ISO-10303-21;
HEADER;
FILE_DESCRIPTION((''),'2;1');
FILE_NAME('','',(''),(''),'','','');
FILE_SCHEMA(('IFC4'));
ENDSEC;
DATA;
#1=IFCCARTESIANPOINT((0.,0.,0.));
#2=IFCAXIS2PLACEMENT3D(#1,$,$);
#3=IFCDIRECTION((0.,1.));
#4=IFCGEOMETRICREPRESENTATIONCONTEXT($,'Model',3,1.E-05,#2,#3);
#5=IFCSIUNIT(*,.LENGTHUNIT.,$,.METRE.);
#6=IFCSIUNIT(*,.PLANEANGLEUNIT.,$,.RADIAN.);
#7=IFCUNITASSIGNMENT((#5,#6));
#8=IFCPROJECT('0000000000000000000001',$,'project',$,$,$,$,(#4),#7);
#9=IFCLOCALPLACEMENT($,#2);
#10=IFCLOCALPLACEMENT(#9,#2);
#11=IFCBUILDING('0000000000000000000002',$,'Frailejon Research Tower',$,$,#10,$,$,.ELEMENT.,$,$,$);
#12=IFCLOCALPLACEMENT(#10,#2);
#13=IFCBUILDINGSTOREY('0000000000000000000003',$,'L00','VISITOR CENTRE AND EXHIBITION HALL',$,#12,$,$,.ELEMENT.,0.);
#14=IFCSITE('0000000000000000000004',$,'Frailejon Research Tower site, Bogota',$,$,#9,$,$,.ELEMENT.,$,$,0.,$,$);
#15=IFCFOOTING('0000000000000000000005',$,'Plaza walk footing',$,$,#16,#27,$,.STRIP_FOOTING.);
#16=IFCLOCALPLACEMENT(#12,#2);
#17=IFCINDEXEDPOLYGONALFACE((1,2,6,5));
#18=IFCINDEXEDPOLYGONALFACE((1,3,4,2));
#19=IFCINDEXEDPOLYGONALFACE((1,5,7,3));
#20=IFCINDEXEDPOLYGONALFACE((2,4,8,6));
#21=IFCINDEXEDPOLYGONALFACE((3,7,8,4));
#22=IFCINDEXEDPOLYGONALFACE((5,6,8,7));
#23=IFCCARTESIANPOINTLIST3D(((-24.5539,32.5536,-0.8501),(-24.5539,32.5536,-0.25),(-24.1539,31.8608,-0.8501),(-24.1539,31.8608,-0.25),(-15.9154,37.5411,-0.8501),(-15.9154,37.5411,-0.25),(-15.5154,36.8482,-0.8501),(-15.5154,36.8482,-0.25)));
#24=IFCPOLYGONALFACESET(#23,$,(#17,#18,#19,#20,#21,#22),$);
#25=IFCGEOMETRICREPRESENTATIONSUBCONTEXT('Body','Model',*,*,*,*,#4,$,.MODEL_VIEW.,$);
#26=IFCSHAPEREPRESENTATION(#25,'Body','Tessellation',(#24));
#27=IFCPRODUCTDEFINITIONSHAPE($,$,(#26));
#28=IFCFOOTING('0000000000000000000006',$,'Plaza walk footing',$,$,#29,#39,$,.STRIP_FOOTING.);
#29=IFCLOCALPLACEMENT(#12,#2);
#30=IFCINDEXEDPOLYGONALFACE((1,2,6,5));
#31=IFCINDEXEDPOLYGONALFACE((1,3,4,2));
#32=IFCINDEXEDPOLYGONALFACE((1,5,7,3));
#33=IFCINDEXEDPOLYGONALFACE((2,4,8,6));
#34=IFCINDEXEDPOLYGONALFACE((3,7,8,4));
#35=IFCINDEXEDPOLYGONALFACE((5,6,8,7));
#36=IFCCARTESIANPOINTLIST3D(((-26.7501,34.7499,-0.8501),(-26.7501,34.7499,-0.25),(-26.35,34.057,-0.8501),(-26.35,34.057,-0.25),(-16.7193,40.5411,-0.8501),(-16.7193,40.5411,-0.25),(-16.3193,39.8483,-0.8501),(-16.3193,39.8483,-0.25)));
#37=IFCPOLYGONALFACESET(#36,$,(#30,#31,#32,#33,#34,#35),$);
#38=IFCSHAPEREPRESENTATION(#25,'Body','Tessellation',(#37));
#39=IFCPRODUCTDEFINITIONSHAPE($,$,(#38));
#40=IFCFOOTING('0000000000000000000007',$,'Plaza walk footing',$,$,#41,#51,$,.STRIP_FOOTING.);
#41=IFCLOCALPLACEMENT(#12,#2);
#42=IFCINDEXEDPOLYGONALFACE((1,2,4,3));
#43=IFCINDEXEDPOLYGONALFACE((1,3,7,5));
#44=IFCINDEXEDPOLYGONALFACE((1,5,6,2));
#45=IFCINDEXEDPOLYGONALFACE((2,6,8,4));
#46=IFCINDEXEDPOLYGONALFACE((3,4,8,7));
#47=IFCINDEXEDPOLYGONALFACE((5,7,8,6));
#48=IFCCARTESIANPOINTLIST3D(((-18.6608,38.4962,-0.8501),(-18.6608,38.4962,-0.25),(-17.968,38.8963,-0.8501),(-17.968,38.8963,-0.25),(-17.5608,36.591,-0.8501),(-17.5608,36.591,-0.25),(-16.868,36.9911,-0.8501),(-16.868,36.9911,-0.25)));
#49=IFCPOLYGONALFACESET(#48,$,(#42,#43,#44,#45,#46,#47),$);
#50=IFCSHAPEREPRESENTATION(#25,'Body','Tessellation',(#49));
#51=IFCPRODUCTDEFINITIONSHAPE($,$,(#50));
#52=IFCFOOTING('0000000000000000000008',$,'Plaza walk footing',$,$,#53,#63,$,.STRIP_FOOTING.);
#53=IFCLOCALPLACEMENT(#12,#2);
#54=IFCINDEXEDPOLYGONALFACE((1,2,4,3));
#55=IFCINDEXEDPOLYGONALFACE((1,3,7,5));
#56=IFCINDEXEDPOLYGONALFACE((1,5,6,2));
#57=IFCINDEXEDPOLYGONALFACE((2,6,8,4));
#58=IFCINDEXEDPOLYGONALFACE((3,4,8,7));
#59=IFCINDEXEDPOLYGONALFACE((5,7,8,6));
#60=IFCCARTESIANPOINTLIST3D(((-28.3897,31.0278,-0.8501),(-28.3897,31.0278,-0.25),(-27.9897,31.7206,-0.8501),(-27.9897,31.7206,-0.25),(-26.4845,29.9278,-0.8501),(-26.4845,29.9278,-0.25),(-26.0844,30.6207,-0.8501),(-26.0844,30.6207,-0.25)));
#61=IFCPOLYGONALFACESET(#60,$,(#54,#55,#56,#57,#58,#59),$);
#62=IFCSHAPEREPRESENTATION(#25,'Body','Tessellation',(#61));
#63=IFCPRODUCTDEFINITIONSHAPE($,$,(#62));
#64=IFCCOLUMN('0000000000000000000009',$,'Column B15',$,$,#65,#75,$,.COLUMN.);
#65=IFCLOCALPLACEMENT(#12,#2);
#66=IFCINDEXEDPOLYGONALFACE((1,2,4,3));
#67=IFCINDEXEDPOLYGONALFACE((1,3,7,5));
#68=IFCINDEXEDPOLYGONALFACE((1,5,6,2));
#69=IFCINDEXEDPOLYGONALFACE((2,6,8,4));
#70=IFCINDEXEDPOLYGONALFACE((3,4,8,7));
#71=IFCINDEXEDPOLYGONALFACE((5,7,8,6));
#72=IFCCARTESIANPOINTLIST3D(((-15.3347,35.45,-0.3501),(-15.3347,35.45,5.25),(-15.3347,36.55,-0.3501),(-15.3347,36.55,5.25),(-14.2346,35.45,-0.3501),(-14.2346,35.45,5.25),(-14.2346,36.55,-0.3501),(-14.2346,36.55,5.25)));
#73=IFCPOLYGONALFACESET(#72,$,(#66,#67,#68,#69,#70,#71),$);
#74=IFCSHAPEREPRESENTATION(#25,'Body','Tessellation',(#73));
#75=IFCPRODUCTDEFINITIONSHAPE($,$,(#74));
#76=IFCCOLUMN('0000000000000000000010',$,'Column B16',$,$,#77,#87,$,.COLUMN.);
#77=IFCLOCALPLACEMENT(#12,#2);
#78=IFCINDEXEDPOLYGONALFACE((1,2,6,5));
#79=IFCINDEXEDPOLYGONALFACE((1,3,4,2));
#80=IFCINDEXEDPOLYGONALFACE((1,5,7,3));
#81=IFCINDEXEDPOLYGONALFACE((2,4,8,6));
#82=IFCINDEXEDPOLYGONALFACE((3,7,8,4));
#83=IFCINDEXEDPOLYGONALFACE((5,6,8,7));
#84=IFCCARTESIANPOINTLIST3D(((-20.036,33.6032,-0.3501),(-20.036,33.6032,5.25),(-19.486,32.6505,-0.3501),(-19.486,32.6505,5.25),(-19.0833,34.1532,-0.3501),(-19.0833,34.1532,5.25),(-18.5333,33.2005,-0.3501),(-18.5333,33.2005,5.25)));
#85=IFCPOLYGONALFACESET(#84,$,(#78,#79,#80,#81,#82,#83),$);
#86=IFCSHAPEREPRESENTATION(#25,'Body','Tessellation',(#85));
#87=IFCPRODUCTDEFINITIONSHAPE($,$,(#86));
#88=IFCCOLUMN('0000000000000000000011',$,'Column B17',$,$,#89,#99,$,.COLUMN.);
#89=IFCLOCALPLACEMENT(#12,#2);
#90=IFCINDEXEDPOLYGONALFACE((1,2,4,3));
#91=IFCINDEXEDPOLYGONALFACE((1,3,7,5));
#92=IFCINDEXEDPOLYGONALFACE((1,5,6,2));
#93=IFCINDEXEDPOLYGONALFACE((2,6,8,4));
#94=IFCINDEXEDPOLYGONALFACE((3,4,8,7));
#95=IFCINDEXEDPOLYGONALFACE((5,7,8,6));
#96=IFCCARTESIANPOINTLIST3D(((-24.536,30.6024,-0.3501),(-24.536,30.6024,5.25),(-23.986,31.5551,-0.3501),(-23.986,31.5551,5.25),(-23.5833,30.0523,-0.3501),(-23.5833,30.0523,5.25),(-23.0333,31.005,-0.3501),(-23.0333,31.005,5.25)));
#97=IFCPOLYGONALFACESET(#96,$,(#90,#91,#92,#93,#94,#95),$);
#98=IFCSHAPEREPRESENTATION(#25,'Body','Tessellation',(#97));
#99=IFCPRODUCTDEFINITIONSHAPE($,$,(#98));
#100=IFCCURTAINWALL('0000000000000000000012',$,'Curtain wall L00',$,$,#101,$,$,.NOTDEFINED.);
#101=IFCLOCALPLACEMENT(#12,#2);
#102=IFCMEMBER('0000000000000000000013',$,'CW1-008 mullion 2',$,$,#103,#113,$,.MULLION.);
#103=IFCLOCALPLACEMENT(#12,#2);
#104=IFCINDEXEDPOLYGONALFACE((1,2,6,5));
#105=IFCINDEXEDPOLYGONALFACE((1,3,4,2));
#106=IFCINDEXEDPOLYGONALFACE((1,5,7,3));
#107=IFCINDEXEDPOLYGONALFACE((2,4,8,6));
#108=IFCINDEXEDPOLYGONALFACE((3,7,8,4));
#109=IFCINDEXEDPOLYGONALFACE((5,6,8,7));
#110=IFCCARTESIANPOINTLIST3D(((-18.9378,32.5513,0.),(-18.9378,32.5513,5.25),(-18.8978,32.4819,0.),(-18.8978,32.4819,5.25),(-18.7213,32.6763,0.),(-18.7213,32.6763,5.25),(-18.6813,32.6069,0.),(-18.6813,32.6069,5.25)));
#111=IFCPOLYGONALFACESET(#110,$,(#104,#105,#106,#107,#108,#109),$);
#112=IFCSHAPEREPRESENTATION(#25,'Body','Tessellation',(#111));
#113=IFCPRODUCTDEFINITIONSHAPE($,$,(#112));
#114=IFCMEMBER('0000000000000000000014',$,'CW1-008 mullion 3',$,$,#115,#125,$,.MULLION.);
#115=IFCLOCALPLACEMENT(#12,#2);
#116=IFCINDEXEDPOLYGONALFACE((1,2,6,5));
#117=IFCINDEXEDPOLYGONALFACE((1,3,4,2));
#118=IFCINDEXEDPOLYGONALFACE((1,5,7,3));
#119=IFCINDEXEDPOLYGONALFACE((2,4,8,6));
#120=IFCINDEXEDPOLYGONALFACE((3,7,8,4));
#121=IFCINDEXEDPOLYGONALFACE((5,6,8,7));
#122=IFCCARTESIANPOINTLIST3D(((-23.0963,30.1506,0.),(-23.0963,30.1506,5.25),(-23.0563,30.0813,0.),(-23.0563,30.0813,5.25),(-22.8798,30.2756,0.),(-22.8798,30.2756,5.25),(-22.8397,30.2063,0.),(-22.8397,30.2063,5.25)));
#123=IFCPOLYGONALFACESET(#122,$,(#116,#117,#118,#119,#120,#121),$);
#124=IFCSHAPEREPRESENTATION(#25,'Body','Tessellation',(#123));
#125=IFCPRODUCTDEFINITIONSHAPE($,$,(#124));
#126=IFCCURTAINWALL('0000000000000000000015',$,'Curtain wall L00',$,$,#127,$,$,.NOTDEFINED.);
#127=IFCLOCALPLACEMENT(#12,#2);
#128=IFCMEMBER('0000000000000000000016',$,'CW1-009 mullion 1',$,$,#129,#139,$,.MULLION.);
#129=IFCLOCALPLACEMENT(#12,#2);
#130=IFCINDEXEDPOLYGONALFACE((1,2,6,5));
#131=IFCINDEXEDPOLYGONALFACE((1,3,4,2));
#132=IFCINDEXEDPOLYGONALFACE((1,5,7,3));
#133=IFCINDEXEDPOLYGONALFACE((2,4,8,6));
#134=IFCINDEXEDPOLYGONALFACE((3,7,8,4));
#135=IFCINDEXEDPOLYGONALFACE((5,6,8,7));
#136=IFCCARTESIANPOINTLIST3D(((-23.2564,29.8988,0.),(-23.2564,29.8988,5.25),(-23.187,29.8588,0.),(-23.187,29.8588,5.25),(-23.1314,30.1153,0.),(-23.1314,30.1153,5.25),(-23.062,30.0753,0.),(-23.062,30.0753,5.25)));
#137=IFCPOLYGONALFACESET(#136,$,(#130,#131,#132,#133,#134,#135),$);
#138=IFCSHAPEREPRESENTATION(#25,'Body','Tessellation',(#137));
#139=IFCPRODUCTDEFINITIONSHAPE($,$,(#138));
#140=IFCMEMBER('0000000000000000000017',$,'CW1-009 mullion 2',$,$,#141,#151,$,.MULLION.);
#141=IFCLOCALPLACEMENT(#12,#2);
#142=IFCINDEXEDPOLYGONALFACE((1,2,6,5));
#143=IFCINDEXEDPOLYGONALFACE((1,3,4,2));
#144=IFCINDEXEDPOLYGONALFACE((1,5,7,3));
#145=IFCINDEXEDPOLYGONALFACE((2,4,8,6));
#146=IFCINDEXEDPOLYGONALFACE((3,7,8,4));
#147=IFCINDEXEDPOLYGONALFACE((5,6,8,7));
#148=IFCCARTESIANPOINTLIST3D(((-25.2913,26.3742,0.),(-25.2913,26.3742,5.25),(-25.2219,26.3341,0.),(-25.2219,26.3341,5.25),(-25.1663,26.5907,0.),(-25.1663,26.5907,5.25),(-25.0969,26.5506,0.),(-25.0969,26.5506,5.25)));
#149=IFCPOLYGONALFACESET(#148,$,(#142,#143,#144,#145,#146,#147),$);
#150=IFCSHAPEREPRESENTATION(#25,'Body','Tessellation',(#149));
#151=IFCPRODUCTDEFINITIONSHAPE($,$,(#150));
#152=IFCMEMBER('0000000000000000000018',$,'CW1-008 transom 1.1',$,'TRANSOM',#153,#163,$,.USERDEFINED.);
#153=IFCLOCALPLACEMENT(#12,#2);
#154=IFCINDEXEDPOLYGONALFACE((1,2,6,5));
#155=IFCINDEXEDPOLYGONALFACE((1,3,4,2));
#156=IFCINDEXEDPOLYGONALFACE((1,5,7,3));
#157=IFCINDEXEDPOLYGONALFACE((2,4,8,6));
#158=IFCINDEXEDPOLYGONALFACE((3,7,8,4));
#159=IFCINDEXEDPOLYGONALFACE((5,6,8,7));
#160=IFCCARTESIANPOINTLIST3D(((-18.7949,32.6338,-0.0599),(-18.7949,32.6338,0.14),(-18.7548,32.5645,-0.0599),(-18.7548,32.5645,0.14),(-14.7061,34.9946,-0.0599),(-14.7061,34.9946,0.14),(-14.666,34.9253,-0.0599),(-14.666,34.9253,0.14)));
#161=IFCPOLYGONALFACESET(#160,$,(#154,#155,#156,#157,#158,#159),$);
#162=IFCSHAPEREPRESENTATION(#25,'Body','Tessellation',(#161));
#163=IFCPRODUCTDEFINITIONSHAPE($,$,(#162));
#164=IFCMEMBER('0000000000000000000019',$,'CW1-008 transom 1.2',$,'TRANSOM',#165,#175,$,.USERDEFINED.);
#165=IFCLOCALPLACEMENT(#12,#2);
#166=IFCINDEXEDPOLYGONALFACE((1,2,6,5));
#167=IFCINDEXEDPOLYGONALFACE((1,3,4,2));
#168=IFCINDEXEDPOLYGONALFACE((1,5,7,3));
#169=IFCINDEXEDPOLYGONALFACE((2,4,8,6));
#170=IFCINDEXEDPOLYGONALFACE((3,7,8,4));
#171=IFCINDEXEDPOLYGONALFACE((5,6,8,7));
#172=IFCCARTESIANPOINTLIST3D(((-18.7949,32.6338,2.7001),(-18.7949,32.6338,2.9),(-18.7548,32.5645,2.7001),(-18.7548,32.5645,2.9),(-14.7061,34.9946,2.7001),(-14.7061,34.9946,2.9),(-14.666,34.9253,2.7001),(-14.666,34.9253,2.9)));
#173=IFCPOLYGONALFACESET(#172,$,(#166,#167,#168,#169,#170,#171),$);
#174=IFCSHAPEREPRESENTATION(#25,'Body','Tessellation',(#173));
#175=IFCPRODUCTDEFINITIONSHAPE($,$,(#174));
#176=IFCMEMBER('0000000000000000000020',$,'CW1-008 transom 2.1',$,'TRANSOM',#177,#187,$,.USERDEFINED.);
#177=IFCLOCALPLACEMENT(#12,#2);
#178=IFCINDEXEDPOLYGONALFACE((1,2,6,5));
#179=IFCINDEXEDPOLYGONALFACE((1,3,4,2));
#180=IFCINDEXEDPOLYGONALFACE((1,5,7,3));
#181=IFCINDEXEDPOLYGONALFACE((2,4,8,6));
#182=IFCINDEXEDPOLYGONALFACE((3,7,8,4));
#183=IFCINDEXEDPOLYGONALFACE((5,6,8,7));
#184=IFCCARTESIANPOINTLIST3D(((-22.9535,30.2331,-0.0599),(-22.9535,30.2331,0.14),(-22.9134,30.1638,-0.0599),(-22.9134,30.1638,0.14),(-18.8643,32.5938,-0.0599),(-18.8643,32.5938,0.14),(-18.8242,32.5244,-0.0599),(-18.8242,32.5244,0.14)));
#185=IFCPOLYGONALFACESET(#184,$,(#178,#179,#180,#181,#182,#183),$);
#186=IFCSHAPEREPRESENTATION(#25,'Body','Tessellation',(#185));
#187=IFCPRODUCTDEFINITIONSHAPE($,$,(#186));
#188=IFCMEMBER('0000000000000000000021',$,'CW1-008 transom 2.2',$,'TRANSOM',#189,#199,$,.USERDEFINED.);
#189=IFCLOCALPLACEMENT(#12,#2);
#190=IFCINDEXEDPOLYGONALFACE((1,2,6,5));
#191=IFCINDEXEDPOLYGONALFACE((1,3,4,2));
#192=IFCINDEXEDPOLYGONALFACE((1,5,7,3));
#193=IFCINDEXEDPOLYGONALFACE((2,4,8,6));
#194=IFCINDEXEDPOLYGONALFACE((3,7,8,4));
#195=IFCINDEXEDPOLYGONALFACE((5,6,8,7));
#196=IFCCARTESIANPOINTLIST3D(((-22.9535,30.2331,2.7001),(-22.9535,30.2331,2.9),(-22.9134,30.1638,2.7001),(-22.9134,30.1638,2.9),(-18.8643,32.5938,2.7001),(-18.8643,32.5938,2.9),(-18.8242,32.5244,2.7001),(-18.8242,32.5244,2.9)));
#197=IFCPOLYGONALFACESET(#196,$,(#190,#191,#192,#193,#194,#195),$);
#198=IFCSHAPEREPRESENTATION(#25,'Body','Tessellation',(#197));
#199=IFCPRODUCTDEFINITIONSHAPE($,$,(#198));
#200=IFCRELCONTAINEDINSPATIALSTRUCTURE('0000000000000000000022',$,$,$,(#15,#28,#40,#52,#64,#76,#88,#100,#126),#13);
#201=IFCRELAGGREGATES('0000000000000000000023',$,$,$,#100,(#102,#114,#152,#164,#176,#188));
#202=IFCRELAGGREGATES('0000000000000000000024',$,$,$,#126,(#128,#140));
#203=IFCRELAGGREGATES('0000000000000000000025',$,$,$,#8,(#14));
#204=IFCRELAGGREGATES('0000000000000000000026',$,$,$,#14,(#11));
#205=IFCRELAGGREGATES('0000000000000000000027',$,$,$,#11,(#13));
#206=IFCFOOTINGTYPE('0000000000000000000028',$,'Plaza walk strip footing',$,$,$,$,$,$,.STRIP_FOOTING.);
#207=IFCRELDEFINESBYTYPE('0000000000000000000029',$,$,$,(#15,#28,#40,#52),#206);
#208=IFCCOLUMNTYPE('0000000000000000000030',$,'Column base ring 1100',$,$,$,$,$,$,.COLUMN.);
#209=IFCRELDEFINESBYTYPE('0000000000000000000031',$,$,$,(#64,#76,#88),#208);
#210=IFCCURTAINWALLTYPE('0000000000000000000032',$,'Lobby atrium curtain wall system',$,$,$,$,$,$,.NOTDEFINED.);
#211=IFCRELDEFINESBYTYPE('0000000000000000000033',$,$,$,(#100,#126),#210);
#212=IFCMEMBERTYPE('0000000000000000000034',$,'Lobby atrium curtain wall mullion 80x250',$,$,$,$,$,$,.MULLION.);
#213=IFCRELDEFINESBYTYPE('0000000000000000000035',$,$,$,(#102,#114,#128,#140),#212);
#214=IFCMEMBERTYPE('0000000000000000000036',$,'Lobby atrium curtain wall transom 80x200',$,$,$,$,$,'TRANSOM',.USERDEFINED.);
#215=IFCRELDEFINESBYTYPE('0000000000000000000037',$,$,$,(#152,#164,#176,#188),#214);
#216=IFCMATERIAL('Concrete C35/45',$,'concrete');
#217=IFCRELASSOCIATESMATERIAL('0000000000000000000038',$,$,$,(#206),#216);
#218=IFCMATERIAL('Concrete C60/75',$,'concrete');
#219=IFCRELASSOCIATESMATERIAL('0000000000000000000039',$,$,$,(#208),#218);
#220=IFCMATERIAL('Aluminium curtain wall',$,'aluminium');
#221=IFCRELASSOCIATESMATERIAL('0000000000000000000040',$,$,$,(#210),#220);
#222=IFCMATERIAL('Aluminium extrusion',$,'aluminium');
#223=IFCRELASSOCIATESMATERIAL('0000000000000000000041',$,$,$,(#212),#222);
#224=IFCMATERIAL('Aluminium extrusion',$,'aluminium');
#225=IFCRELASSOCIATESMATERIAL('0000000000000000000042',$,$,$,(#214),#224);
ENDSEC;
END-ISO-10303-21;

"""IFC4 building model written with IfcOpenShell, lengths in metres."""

from ifc_helpers import new_model, si_unit, direction, frame, origin, origin_2d, place, context, subcontext, project, spatial, rectangle, extrude, material, material_profile, profile_set, type_object, element, aggregate, save


model = new_model("IFC4")

# Units and contexts
model_context = context("Model", 3, precision=1e-05, world=origin(), true_north=direction((0.0, 1.0)))
body_context = subcontext(model_context, "Body", "Model", "MODEL_VIEW")
ifc_project = project(units=[si_unit("LENGTHUNIT", "METRE"), si_unit("PLANEANGLEUNIT", "RADIAN")], contexts=[model_context])

# Site, building, storey
site_placement = place(None, origin())
site = spatial("IfcSite", under=ifc_project, at=site_placement, Name="Frailejon Research Tower site, Bogota", CompositionType="ELEMENT", RefElevation=0.0)
building_placement = place(site_placement, origin())
building = spatial("IfcBuilding", under=site, at=building_placement, Name="Frailejon Research Tower", CompositionType="ELEMENT")
storey_placement = place(building_placement, origin())
storey = spatial("IfcBuildingStorey", under=building, at=storey_placement, Name="L00", Description="VISITOR CENTRE AND EXHIBITION HALL", CompositionType="ELEMENT", Elevation=0.0)

# Footings
ifc_material_1 = material(Name="Concrete C35/45", Category="concrete")
footing_type = type_object("IfcFootingType", Name="Plaza walk strip footing", PredefinedType="STRIP_FOOTING", material=ifc_material_1)
footing_1_placement = place(storey_placement, frame((-20.0347, 34.7009, -0.8501), z_axis=(0.0, 0.0, 1.0), x_axis=(-0.5, 0.866025, 0.0)))
element("IfcFooting", 1, at=footing_1_placement, inside=storey, type_object=footing_type, Name="Plaza walk footing", PredefinedType="STRIP_FOOTING", context=body_context, shape_type="SweptSolid", body=[
    extrude(rectangle(XDim=0.8, YDim=9.9749, at=origin_2d()), origin(), (0.0, 0.0, 1.0), 0.6001),
])
footing_2_placement = place(storey_placement, frame((-21.5347, 37.2991, -0.8501), z_axis=(0.0, 0.0, 1.0), x_axis=(-0.5, 0.866025, 0.0)))
element("IfcFooting", 2, at=footing_2_placement, inside=storey, type_object=footing_type, Name="Plaza walk footing", PredefinedType="STRIP_FOOTING", context=body_context, shape_type="SweptSolid", body=[
    extrude(rectangle(XDim=0.8, YDim=11.5825, at=origin_2d()), origin(), (0.0, 0.0, 1.0), 0.6001),
])
for number, where, z_axis, x_axis, name in (
    (3, (-17.7644, 37.7437, -0.8501), (0.0, 0.0, 1.0), (0.866025, 0.5, 0.0), "Plaza walk footing"),
    (4, (-27.2371, 30.8242, -0.8501), (0.0, 0.0, 1.0), (0.5, 0.866025, 0.0), "Plaza walk footing"),
):
    element("IfcFooting", number, at=place(storey_placement, frame(where, z_axis=z_axis, x_axis=x_axis)), inside=storey, type_object=footing_type, Name=name, PredefinedType="STRIP_FOOTING", context=body_context, shape_type="SweptSolid", body=[
        extrude(rectangle(XDim=0.8, YDim=2.2, at=origin_2d()), origin(), (0.0, 0.0, 1.0), 0.6001),
    ])

# Columns
ifc_material_2 = material(Name="Concrete C60/75", Category="concrete")
ifc_material_profile_1 = material_profile(ifc_material_2, rectangle(XDim=1.1001, YDim=1.1001, at=origin_2d()), Name="Column base ring 1100")
ifc_profile_set_1 = profile_set([ifc_material_profile_1], Name="Concrete C60/75")
column_type = type_object("IfcColumnType", Name="Column base ring 1100", PredefinedType="COLUMN", material=ifc_profile_set_1)
for number, where, z_axis, x_axis, name in (
    (5, (-14.7847, 36.0, -0.3501), (0.0, 0.0, 1.0), (-1.0, 0.0, 0.0), "Column B15"),
    (6, (-19.2847, 33.4019, -0.3501), (0.0, 0.0, 1.0), (-0.866025, -0.5, 0.0), "Column B16"),
    (7, (-23.7847, 30.8037, -0.3501), (0.0, 0.0, 1.0), (-0.5, -0.866025, 0.0), "Column B17"),
):
    element("IfcColumn", number, at=place(storey_placement, frame(where, z_axis=z_axis, x_axis=x_axis)), inside=storey, type_object=column_type, Name=name, PredefinedType="COLUMN", context=body_context, shape_type="SweptSolid", body=[
        extrude(rectangle(XDim=1.1001, YDim=1.1001, at=origin_2d()), origin(), (0.0, 0.0, 1.0), 5.6001),
    ])

# Curtain walls, members
ifc_material_3 = material(Name="Aluminium curtain wall", Category="aluminium")
curtain_wall_type = type_object("IfcCurtainWallType", Name="Lobby atrium curtain wall system", PredefinedType="NOTDEFINED", material=ifc_material_3)
curtain_wall_1_placement = place(storey_placement, origin())
curtain_wall_1 = element("IfcCurtainWall", 8, at=curtain_wall_1_placement, inside=storey, type_object=curtain_wall_type, Name="Curtain wall L00", PredefinedType="NOTDEFINED")
ifc_material_4 = material(Name="Aluminium extrusion", Category="aluminium")
ifc_material_profile_2 = material_profile(ifc_material_4, rectangle(XDim=0.0801, YDim=0.25, at=origin_2d()), Name="Lobby atrium curtain wall mullion 80x250")
ifc_profile_set_2 = profile_set([ifc_material_profile_2], Name="Aluminium extrusion")
member_type_1 = type_object("IfcMemberType", Name="Lobby atrium curtain wall mullion 80x250", PredefinedType="MULLION", material=ifc_profile_set_2)
member_1_placement = place(storey_placement, frame((-18.8096, 32.5791, 0.0), z_axis=(0.0, 0.0, 1.0), x_axis=(0.5, -0.866025, 0.0)))
member_1 = element("IfcMember", 9, at=member_1_placement, type_object=member_type_1, Name="CW1-008 mullion 2", PredefinedType="MULLION", context=body_context, shape_type="SweptSolid", body=[
    extrude(rectangle(XDim=0.0801, YDim=0.25, at=origin_2d()), origin(), (0.0, 0.0, 1.0), 5.25),
])
member_2_placement = place(storey_placement, frame((-22.968, 30.1785, 0.0), z_axis=(0.0, 0.0, 1.0), x_axis=(0.5, -0.866025, 0.0)))
member_2 = element("IfcMember", 10, at=member_2_placement, type_object=member_type_1, Name="CW1-008 mullion 3", PredefinedType="MULLION", context=body_context, shape_type="SweptSolid", body=[
    extrude(rectangle(XDim=0.0801, YDim=0.25, at=origin_2d()), origin(), (0.0, 0.0, 1.0), 5.25),
])
curtain_wall_2_placement = place(storey_placement, origin())
curtain_wall_2 = element("IfcCurtainWall", 11, at=curtain_wall_2_placement, inside=storey, type_object=curtain_wall_type, Name="Curtain wall L00", PredefinedType="NOTDEFINED")
member_3_placement = place(storey_placement, frame((-23.1592, 29.9871, 0.0), z_axis=(0.0, 0.0, 1.0), x_axis=(0.866026, -0.5, 0.0)))
member_3 = element("IfcMember", 12, at=member_3_placement, type_object=member_type_1, Name="CW1-009 mullion 1", PredefinedType="MULLION", context=body_context, shape_type="SweptSolid", body=[
    extrude(rectangle(XDim=0.0801, YDim=0.25, at=origin_2d()), origin(), (0.0, 0.0, 1.0), 5.25),
])
member_4_placement = place(storey_placement, frame((-25.1941, 26.4624, 0.0), z_axis=(0.0, 0.0, 1.0), x_axis=(0.866026, -0.5, 0.0)))
member_4 = element("IfcMember", 13, at=member_4_placement, type_object=member_type_1, Name="CW1-009 mullion 2", PredefinedType="MULLION", context=body_context, shape_type="SweptSolid", body=[
    extrude(rectangle(XDim=0.0801, YDim=0.25, at=origin_2d()), origin(), (0.0, 0.0, 1.0), 5.25),
])

# Members
ifc_material_5 = material(Name="Aluminium extrusion", Category="aluminium")
ifc_material_profile_3 = material_profile(ifc_material_5, rectangle(XDim=0.0801, YDim=0.2, at=origin_2d()), Name="Lobby atrium curtain wall transom 80x200")
ifc_profile_set_3 = profile_set([ifc_material_profile_3], Name="Aluminium extrusion")
member_type_2 = type_object("IfcMemberType", Name="Lobby atrium curtain wall transom 80x200", ElementType="TRANSOM", PredefinedType="USERDEFINED", material=ifc_profile_set_3)
member_5_placement = place(storey_placement, frame((-14.686, 34.96, 0.04), z_axis=(-0.866013, -0.500021, 0.0), x_axis=(0.500021, -0.866013, 0.0)))
member_5 = element("IfcMember", 14, at=member_5_placement, type_object=member_type_2, Name="CW1-008 transom 1.1", ObjectType="TRANSOM", PredefinedType="USERDEFINED", context=body_context, shape_type="SweptSolid", body=[
    extrude(rectangle(XDim=0.0801, YDim=0.2, at=origin_2d()), origin(), (0.0, 0.0, 1.0), 4.7214),
])
member_6_placement = place(storey_placement, frame((-14.686, 34.96, 2.8), z_axis=(-0.866013, -0.500021, 0.0), x_axis=(0.500021, -0.866013, 0.0)))
member_6 = element("IfcMember", 15, at=member_6_placement, type_object=member_type_2, Name="CW1-008 transom 1.2", ObjectType="TRANSOM", PredefinedType="USERDEFINED", context=body_context, shape_type="SweptSolid", body=[
    extrude(rectangle(XDim=0.0801, YDim=0.2, at=origin_2d()), origin(), (0.0, 0.0, 1.0), 4.7214),
])
member_7_placement = place(storey_placement, frame((-18.8442, 32.5591, 0.04), z_axis=(-0.866049, -0.49996, 0.0), x_axis=(0.49996, -0.866049, 0.0)))
member_7 = element("IfcMember", 16, at=member_7_placement, type_object=member_type_2, Name="CW1-008 transom 2.1", ObjectType="TRANSOM", PredefinedType="USERDEFINED", context=body_context, shape_type="SweptSolid", body=[
    extrude(rectangle(XDim=0.0801, YDim=0.2, at=origin_2d()), origin(), (0.0, 0.0, 1.0), 4.7217),
])
member_8_placement = place(storey_placement, frame((-18.8442, 32.5591, 2.8), z_axis=(-0.866049, -0.49996, 0.0), x_axis=(0.49996, -0.866049, 0.0)))
member_8 = element("IfcMember", 17, at=member_8_placement, type_object=member_type_2, Name="CW1-008 transom 2.2", ObjectType="TRANSOM", PredefinedType="USERDEFINED", context=body_context, shape_type="SweptSolid", body=[
    extrude(rectangle(XDim=0.0801, YDim=0.2, at=origin_2d()), origin(), (0.0, 0.0, 1.0), 4.7217),
])

aggregate(curtain_wall_1, [member_1, member_2, member_5, member_6, member_7, member_8])
aggregate(curtain_wall_2, [member_3, member_4])

save(model, "model.ifc")
